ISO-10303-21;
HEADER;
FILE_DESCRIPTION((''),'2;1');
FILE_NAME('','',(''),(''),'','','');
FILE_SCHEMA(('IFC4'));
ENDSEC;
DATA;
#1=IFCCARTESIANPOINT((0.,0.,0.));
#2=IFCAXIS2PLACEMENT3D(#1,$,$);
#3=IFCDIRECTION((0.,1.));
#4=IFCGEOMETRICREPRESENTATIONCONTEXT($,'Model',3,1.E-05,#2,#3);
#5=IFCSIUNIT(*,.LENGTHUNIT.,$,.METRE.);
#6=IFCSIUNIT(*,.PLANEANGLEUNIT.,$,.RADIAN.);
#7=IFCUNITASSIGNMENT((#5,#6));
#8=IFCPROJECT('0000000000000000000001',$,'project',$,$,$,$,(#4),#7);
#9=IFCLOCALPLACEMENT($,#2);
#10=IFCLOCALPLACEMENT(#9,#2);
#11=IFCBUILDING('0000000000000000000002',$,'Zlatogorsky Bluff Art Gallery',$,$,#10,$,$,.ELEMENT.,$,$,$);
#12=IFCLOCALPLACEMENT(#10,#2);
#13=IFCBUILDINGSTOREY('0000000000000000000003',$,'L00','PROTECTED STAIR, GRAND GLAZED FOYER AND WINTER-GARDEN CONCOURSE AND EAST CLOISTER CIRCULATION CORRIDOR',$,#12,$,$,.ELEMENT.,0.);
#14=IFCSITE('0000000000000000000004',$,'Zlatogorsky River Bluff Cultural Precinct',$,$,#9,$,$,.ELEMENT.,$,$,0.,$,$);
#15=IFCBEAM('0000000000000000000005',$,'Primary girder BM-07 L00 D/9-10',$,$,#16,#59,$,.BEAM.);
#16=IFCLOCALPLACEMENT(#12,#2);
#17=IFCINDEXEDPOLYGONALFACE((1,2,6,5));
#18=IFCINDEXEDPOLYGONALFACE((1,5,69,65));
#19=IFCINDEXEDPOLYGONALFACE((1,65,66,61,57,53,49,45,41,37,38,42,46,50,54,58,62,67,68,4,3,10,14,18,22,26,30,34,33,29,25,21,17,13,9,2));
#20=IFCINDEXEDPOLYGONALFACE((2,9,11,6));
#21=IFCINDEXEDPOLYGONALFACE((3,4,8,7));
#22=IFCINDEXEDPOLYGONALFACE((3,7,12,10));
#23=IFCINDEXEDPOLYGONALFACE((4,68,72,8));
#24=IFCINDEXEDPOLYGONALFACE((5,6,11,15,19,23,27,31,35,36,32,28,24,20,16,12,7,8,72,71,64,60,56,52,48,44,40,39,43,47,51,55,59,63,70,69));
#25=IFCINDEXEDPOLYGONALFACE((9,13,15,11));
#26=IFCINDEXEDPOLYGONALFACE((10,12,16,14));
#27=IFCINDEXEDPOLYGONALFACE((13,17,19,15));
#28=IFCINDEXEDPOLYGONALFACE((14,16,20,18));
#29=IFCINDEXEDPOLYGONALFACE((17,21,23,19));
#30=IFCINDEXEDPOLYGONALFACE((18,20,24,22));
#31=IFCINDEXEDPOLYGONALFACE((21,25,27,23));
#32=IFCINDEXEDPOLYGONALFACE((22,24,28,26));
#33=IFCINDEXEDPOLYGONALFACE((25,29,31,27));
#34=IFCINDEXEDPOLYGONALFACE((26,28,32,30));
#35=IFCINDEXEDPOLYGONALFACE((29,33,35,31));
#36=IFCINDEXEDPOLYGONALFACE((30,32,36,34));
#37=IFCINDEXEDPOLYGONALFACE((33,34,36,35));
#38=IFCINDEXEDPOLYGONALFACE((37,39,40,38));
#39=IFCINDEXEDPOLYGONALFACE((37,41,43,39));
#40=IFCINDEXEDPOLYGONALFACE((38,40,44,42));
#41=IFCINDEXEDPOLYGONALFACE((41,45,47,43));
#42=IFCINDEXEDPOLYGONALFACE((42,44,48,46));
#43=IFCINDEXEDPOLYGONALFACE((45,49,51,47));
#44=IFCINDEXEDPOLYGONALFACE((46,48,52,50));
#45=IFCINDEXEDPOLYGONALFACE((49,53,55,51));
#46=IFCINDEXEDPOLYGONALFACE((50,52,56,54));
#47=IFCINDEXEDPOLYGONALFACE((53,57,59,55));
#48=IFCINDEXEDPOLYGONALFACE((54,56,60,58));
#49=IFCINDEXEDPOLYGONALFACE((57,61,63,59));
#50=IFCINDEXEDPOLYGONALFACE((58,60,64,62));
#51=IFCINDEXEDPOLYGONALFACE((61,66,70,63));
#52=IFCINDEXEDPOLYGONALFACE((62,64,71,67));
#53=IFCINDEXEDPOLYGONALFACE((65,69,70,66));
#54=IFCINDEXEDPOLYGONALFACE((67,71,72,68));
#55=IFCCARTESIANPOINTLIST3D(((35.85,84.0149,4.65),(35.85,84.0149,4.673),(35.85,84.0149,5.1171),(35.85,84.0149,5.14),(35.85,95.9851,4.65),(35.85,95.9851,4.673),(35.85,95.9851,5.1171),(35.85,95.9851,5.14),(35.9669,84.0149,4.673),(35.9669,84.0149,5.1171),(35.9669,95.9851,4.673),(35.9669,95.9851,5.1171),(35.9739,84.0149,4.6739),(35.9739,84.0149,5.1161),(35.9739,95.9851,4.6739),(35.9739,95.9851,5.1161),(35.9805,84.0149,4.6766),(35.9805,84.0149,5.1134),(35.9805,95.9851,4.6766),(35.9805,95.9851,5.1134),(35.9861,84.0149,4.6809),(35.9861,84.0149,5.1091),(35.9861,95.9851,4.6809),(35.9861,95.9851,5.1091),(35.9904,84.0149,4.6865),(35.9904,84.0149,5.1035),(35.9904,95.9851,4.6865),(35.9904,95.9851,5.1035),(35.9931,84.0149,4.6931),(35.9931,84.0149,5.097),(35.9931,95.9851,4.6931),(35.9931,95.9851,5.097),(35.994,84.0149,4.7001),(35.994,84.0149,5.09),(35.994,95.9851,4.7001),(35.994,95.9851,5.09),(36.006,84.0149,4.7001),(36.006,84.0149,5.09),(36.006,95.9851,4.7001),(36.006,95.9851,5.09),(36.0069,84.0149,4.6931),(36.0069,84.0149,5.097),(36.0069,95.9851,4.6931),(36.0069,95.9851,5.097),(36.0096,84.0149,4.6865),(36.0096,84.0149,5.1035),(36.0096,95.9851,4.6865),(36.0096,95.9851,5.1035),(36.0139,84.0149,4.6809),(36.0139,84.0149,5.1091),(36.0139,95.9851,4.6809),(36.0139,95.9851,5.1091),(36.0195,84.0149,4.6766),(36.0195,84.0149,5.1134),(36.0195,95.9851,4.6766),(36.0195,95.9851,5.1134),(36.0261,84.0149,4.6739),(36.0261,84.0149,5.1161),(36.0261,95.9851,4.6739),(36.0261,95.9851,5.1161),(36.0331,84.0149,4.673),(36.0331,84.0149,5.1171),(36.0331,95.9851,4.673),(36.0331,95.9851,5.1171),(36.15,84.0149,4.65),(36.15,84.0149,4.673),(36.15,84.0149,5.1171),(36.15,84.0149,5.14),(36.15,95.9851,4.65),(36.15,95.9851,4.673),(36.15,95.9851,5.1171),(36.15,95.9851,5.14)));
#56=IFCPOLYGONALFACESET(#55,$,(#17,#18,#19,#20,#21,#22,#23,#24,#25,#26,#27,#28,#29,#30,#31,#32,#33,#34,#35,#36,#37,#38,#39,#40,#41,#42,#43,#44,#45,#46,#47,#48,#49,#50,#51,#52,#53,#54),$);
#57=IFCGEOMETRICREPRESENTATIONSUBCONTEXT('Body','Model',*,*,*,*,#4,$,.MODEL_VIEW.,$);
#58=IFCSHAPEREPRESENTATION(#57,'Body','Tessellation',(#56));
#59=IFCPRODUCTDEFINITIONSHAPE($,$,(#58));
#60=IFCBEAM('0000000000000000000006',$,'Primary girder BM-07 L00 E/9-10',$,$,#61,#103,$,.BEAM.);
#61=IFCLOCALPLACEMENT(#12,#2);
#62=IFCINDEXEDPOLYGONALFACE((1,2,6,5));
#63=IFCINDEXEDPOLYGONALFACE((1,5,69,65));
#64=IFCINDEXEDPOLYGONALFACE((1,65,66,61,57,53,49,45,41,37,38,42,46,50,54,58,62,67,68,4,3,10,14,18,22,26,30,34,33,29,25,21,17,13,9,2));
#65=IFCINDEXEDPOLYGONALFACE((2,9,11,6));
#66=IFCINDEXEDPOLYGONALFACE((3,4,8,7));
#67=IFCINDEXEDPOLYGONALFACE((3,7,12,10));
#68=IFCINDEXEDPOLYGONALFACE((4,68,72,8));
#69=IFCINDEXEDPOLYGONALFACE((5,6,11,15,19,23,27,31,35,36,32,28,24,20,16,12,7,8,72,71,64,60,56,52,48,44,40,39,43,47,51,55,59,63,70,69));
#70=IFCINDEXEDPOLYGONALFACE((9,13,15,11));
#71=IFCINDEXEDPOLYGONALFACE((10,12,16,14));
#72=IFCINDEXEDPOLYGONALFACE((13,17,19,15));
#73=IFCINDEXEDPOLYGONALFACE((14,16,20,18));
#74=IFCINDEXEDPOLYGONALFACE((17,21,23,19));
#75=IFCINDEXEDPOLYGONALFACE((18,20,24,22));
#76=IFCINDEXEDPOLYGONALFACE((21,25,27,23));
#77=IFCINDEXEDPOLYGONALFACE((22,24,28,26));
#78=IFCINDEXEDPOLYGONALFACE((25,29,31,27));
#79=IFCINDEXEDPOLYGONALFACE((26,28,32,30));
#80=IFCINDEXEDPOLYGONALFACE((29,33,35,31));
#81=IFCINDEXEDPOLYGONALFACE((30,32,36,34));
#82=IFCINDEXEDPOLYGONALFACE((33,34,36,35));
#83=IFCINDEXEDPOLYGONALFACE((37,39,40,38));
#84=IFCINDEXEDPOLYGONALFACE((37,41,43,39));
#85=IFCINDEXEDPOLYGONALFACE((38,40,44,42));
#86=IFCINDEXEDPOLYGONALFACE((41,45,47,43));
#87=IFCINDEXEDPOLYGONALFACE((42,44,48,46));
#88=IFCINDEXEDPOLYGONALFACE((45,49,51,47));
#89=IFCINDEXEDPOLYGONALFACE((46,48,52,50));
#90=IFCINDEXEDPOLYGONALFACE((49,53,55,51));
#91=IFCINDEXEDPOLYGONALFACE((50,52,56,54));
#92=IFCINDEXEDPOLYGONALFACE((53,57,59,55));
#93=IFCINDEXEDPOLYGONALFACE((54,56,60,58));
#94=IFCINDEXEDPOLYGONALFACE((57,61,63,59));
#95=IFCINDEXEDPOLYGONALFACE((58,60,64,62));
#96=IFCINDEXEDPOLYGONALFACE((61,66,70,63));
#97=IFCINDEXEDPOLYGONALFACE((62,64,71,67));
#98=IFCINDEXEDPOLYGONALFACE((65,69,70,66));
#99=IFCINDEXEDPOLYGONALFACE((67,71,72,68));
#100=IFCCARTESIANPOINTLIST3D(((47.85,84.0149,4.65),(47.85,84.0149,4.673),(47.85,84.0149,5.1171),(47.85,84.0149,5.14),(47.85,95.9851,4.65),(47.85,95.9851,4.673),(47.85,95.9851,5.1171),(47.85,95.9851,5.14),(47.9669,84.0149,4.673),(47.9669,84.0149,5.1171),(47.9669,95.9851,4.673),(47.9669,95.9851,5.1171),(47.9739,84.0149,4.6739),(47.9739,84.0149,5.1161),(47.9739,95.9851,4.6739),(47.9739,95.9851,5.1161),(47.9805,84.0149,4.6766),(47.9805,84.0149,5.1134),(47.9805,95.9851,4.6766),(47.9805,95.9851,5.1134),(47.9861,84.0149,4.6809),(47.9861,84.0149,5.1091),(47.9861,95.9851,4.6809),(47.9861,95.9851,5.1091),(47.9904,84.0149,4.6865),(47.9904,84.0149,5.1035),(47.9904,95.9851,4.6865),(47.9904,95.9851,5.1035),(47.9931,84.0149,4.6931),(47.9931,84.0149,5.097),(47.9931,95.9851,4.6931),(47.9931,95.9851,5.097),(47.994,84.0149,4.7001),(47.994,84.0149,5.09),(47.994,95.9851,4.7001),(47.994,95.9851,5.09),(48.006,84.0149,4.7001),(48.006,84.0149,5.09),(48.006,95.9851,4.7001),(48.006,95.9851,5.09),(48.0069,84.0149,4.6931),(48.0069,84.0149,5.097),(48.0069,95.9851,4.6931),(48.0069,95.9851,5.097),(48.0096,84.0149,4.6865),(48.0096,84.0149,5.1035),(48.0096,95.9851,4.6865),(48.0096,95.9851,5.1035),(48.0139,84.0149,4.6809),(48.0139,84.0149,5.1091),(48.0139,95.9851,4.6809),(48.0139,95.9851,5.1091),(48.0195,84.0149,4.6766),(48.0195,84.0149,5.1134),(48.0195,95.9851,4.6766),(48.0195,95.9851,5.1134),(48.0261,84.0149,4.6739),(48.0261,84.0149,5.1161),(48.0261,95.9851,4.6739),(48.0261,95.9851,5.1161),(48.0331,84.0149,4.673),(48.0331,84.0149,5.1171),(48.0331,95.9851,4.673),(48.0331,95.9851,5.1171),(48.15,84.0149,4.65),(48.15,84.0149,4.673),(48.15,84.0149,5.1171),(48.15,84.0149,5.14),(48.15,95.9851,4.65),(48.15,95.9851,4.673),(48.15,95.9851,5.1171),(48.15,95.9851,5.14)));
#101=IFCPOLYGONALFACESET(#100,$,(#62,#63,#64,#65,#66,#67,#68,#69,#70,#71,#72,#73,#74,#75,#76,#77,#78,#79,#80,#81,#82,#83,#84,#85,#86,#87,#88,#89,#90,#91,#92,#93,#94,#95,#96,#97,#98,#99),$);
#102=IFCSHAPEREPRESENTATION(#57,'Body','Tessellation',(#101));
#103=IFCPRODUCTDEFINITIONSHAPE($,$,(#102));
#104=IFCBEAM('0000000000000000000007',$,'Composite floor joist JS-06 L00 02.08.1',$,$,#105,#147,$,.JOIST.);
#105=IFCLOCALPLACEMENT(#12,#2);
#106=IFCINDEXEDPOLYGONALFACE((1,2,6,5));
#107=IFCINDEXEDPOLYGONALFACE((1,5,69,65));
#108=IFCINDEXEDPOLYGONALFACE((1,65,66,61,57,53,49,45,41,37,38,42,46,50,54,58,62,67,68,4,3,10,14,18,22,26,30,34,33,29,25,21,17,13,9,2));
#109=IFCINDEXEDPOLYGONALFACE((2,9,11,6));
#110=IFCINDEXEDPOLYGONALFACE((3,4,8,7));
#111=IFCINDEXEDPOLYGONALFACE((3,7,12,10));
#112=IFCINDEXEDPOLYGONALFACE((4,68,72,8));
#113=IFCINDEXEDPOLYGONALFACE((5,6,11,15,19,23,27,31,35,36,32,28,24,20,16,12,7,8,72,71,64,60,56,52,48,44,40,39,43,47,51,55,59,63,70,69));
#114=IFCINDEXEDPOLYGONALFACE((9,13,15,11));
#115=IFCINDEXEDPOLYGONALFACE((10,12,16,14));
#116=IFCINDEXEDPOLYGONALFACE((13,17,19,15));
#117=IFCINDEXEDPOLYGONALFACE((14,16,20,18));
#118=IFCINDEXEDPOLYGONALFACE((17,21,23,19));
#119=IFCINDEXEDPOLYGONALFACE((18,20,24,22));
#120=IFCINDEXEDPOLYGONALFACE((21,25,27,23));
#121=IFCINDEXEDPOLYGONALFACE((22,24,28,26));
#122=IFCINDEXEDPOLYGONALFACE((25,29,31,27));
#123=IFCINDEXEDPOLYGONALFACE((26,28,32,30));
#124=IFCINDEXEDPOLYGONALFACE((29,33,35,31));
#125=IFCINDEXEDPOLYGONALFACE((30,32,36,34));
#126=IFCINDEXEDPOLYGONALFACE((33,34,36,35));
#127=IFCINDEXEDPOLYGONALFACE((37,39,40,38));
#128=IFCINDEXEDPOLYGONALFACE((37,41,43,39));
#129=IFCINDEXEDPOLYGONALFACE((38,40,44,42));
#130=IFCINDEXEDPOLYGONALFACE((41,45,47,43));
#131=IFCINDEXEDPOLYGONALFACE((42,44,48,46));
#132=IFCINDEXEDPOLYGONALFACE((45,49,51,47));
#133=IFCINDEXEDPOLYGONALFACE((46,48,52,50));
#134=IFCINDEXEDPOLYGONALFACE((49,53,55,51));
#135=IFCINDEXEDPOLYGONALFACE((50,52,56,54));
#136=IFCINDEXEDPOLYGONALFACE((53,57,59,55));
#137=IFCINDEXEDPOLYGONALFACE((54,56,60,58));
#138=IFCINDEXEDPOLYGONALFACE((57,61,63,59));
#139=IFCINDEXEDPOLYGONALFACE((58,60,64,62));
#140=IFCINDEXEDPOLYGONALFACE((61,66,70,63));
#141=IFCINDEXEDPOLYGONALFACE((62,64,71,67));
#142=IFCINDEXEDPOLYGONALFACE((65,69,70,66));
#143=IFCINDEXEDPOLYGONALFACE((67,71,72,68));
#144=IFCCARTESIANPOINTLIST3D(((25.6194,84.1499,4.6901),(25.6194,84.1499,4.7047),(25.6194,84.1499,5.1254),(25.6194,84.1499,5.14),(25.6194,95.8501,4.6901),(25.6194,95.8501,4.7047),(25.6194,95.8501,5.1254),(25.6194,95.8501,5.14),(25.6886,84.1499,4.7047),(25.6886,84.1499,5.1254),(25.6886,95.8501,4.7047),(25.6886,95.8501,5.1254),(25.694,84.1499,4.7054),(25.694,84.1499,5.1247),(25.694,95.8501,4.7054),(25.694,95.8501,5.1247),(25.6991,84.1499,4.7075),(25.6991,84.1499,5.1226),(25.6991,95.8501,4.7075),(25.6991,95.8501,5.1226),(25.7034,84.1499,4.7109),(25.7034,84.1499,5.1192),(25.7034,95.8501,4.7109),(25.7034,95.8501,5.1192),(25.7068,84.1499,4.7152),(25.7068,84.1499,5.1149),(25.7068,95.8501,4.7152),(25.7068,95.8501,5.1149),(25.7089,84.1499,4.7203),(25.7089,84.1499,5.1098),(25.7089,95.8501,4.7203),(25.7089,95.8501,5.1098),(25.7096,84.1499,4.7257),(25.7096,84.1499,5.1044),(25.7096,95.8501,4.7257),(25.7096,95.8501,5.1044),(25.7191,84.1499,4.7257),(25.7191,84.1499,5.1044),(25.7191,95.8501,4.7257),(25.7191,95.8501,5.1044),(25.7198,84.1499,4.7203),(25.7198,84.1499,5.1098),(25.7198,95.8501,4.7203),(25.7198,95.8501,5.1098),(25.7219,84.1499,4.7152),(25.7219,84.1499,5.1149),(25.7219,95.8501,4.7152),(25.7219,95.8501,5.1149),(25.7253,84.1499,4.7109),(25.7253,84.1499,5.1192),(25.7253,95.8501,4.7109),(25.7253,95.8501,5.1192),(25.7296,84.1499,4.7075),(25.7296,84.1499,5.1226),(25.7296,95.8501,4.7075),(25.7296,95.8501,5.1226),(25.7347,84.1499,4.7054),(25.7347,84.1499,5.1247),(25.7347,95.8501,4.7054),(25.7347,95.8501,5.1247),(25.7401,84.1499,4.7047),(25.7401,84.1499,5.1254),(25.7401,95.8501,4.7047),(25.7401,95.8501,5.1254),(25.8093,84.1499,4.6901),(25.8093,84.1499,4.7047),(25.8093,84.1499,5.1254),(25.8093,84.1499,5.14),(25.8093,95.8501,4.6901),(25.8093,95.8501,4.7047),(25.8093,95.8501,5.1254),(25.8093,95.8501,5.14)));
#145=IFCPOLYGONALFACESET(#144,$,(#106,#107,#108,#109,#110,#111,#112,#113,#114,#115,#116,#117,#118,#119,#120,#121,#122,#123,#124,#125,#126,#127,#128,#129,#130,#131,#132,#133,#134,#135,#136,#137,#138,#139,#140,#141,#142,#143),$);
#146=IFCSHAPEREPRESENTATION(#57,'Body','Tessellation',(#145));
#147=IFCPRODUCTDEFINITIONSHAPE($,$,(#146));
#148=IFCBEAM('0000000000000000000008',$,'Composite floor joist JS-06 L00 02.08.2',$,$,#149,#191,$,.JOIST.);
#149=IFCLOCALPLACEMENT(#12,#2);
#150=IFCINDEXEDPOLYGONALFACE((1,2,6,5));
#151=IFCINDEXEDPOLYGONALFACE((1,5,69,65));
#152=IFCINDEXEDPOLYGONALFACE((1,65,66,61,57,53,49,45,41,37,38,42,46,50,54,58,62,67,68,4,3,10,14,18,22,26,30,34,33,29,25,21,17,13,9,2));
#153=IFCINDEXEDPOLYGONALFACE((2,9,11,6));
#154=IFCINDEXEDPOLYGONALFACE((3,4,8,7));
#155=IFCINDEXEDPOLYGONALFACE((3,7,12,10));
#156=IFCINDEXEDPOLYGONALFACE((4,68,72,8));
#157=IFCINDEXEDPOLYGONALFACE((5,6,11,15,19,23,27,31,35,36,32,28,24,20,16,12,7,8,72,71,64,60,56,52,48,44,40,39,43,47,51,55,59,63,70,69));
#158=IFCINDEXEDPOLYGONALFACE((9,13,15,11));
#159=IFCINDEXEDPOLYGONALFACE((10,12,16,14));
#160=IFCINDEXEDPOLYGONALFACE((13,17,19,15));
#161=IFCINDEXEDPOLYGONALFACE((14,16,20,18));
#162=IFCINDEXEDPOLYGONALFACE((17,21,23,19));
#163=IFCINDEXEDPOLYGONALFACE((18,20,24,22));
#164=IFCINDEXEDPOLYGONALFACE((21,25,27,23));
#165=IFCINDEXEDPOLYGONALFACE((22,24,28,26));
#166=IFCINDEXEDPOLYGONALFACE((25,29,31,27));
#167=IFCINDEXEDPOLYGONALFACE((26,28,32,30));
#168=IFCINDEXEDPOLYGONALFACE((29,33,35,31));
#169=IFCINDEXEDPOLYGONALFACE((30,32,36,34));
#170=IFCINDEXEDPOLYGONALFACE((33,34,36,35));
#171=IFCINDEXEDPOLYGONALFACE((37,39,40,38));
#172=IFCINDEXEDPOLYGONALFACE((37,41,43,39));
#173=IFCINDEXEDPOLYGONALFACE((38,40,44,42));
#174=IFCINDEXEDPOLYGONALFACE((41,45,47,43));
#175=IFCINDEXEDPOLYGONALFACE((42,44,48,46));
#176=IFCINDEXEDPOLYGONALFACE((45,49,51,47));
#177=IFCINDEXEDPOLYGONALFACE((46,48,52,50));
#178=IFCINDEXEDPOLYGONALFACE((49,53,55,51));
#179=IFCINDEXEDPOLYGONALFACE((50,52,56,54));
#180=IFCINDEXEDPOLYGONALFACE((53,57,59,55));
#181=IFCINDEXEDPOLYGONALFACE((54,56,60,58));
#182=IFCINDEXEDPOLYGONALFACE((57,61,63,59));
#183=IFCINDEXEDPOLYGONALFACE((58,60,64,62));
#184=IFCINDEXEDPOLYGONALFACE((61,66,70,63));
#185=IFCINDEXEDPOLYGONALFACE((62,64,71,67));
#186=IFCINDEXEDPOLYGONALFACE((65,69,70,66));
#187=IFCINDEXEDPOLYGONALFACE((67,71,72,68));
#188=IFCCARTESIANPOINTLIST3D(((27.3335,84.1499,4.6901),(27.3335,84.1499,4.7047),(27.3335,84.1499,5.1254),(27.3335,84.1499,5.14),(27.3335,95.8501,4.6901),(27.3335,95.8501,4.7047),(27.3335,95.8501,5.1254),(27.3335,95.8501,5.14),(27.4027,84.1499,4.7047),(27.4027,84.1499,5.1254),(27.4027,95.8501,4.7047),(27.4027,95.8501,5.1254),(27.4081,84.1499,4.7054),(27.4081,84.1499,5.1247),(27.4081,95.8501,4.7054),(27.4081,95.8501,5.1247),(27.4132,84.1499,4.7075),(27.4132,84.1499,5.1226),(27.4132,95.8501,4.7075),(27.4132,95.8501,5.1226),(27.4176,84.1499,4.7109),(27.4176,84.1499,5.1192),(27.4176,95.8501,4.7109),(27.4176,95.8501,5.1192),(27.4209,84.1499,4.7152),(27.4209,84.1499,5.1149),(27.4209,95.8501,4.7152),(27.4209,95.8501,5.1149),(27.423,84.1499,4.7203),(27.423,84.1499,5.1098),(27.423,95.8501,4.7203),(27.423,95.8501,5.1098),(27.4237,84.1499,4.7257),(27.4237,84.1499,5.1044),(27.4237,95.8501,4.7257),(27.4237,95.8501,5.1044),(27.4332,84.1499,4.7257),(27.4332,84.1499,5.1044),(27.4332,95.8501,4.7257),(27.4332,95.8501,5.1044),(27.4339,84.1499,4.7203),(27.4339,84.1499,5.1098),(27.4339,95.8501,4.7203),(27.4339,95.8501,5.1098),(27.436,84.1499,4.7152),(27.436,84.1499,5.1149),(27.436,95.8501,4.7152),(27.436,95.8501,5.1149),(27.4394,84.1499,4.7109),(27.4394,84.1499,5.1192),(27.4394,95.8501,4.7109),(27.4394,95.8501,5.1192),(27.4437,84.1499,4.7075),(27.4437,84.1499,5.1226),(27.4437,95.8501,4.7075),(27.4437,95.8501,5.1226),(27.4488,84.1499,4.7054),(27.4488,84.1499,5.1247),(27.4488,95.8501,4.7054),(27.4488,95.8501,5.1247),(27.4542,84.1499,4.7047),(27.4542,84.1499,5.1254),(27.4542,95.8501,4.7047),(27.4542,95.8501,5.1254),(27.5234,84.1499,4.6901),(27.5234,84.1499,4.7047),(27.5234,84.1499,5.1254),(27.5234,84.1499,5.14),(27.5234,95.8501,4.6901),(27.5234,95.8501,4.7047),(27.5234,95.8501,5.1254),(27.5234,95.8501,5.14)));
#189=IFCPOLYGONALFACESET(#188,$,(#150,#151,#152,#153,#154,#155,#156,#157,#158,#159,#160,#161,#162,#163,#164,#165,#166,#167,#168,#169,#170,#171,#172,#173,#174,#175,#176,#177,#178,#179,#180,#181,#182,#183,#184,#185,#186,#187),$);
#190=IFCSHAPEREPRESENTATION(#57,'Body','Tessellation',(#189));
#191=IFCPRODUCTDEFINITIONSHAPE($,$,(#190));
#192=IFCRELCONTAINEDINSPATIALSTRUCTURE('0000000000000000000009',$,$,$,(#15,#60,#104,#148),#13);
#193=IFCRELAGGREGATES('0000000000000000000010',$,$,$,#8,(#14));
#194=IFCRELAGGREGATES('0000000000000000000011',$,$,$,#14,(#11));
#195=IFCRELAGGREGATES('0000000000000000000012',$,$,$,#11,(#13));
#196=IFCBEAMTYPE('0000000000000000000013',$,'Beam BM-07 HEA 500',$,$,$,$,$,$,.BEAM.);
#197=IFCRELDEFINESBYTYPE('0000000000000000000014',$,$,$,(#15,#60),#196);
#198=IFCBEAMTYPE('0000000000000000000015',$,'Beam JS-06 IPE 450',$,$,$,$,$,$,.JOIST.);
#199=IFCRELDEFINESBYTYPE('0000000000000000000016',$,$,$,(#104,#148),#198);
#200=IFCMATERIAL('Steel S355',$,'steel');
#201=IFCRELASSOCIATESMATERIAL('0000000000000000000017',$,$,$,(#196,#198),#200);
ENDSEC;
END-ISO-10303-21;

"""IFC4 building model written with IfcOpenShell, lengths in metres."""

from ifc_helpers import new_model, si_unit, direction, frame, origin, origin_2d, place, context, subcontext, project, spatial, i_section, extrude, material, material_profile, profile_set, type_object, element, save


model = new_model("IFC4")

# Units and contexts
model_context = context("Model", 3, precision=1e-05, world=origin(), true_north=direction((0.0, 1.0)))
body_context = subcontext(model_context, "Body", "Model", "MODEL_VIEW")
ifc_project = project(units=[si_unit("LENGTHUNIT", "METRE"), si_unit("PLANEANGLEUNIT", "RADIAN")], contexts=[model_context])

# Site, building, storey
site_placement = place(None, origin())
site = spatial("IfcSite", under=ifc_project, at=site_placement, Name="Zlatogorsky River Bluff Cultural Precinct", CompositionType="ELEMENT", RefElevation=0.0)
building_placement = place(site_placement, origin())
building = spatial("IfcBuilding", under=site, at=building_placement, Name="Zlatogorsky Bluff Art Gallery", CompositionType="ELEMENT")
storey_placement = place(building_placement, origin())
storey = spatial("IfcBuildingStorey", under=building, at=storey_placement, Name="L00", Description="PROTECTED STAIR, GRAND GLAZED FOYER AND WINTER-GARDEN CONCOURSE AND EAST CLOISTER CIRCULATION CORRIDOR", CompositionType="ELEMENT", Elevation=0.0)

# Beams
ifc_material_1 = material(Name="Steel S355", Category="steel")
ifc_material_profile_1 = material_profile(ifc_material_1, i_section(OverallWidth=0.3, OverallDepth=0.49, WebThickness=0.012, FlangeThickness=0.0229, FilletRadius=0.0271, at=origin_2d()), Name="HEA 500")
ifc_profile_set_1 = profile_set([ifc_material_profile_1], Name="Steel S355")
beam_type_1 = type_object("IfcBeamType", Name="Beam BM-07 HEA 500", PredefinedType="BEAM", material=ifc_profile_set_1)
for number, where, z_axis, x_axis, name in (
    (1, (36.0, 84.0149, 4.895), (0.0, 1.0, 0.0), (-1.0, 0.0, 0.0), "Primary girder BM-07 L00 D/9-10"),
    (2, (48.0, 84.0149, 4.895), (0.0, 1.0, 0.0), (-1.0, 0.0, 0.0), "Primary girder BM-07 L00 E/9-10"),
):
    element("IfcBeam", number, at=place(storey_placement, frame(where, z_axis=z_axis, x_axis=x_axis)), inside=storey, type_object=beam_type_1, Name=name, PredefinedType="BEAM", context=body_context, shape_type="SweptSolid", body=[
        extrude(i_section(OverallWidth=0.3, OverallDepth=0.49, WebThickness=0.012, FlangeThickness=0.0229, FilletRadius=0.0271, at=origin_2d()), origin(), (0.0, 0.0, 1.0), 11.9702),
    ])
ifc_material_profile_2 = material_profile(ifc_material_1, i_section(OverallWidth=0.1899, OverallDepth=0.45, WebThickness=0.0095, FlangeThickness=0.0146, FilletRadius=0.021, at=origin_2d()), Name="IPE 450")
ifc_profile_set_2 = profile_set([ifc_material_profile_2], Name="Steel S355")
beam_type_2 = type_object("IfcBeamType", Name="Beam JS-06 IPE 450", PredefinedType="JOIST", material=ifc_profile_set_2)
for number, where, z_axis, x_axis, name in (
    (3, (25.7144, 84.1499, 4.915), (0.0, 1.0, 0.0), (-1.0, 0.0, 0.0), "Composite floor joist JS-06 L00 02.08.1"),
    (4, (27.4285, 84.1499, 4.915), (0.0, 1.0, 0.0), (-1.0, 0.0, 0.0), "Composite floor joist JS-06 L00 02.08.2"),
):
    element("IfcBeam", number, at=place(storey_placement, frame(where, z_axis=z_axis, x_axis=x_axis)), inside=storey, type_object=beam_type_2, Name=name, PredefinedType="JOIST", context=body_context, shape_type="SweptSolid", body=[
        extrude(i_section(OverallWidth=0.1899, OverallDepth=0.45, WebThickness=0.0095, FlangeThickness=0.0146, FilletRadius=0.021, at=origin_2d()), origin(), (0.0, 0.0, 1.0), 11.7002),
    ])

save(model, "model.ifc")
